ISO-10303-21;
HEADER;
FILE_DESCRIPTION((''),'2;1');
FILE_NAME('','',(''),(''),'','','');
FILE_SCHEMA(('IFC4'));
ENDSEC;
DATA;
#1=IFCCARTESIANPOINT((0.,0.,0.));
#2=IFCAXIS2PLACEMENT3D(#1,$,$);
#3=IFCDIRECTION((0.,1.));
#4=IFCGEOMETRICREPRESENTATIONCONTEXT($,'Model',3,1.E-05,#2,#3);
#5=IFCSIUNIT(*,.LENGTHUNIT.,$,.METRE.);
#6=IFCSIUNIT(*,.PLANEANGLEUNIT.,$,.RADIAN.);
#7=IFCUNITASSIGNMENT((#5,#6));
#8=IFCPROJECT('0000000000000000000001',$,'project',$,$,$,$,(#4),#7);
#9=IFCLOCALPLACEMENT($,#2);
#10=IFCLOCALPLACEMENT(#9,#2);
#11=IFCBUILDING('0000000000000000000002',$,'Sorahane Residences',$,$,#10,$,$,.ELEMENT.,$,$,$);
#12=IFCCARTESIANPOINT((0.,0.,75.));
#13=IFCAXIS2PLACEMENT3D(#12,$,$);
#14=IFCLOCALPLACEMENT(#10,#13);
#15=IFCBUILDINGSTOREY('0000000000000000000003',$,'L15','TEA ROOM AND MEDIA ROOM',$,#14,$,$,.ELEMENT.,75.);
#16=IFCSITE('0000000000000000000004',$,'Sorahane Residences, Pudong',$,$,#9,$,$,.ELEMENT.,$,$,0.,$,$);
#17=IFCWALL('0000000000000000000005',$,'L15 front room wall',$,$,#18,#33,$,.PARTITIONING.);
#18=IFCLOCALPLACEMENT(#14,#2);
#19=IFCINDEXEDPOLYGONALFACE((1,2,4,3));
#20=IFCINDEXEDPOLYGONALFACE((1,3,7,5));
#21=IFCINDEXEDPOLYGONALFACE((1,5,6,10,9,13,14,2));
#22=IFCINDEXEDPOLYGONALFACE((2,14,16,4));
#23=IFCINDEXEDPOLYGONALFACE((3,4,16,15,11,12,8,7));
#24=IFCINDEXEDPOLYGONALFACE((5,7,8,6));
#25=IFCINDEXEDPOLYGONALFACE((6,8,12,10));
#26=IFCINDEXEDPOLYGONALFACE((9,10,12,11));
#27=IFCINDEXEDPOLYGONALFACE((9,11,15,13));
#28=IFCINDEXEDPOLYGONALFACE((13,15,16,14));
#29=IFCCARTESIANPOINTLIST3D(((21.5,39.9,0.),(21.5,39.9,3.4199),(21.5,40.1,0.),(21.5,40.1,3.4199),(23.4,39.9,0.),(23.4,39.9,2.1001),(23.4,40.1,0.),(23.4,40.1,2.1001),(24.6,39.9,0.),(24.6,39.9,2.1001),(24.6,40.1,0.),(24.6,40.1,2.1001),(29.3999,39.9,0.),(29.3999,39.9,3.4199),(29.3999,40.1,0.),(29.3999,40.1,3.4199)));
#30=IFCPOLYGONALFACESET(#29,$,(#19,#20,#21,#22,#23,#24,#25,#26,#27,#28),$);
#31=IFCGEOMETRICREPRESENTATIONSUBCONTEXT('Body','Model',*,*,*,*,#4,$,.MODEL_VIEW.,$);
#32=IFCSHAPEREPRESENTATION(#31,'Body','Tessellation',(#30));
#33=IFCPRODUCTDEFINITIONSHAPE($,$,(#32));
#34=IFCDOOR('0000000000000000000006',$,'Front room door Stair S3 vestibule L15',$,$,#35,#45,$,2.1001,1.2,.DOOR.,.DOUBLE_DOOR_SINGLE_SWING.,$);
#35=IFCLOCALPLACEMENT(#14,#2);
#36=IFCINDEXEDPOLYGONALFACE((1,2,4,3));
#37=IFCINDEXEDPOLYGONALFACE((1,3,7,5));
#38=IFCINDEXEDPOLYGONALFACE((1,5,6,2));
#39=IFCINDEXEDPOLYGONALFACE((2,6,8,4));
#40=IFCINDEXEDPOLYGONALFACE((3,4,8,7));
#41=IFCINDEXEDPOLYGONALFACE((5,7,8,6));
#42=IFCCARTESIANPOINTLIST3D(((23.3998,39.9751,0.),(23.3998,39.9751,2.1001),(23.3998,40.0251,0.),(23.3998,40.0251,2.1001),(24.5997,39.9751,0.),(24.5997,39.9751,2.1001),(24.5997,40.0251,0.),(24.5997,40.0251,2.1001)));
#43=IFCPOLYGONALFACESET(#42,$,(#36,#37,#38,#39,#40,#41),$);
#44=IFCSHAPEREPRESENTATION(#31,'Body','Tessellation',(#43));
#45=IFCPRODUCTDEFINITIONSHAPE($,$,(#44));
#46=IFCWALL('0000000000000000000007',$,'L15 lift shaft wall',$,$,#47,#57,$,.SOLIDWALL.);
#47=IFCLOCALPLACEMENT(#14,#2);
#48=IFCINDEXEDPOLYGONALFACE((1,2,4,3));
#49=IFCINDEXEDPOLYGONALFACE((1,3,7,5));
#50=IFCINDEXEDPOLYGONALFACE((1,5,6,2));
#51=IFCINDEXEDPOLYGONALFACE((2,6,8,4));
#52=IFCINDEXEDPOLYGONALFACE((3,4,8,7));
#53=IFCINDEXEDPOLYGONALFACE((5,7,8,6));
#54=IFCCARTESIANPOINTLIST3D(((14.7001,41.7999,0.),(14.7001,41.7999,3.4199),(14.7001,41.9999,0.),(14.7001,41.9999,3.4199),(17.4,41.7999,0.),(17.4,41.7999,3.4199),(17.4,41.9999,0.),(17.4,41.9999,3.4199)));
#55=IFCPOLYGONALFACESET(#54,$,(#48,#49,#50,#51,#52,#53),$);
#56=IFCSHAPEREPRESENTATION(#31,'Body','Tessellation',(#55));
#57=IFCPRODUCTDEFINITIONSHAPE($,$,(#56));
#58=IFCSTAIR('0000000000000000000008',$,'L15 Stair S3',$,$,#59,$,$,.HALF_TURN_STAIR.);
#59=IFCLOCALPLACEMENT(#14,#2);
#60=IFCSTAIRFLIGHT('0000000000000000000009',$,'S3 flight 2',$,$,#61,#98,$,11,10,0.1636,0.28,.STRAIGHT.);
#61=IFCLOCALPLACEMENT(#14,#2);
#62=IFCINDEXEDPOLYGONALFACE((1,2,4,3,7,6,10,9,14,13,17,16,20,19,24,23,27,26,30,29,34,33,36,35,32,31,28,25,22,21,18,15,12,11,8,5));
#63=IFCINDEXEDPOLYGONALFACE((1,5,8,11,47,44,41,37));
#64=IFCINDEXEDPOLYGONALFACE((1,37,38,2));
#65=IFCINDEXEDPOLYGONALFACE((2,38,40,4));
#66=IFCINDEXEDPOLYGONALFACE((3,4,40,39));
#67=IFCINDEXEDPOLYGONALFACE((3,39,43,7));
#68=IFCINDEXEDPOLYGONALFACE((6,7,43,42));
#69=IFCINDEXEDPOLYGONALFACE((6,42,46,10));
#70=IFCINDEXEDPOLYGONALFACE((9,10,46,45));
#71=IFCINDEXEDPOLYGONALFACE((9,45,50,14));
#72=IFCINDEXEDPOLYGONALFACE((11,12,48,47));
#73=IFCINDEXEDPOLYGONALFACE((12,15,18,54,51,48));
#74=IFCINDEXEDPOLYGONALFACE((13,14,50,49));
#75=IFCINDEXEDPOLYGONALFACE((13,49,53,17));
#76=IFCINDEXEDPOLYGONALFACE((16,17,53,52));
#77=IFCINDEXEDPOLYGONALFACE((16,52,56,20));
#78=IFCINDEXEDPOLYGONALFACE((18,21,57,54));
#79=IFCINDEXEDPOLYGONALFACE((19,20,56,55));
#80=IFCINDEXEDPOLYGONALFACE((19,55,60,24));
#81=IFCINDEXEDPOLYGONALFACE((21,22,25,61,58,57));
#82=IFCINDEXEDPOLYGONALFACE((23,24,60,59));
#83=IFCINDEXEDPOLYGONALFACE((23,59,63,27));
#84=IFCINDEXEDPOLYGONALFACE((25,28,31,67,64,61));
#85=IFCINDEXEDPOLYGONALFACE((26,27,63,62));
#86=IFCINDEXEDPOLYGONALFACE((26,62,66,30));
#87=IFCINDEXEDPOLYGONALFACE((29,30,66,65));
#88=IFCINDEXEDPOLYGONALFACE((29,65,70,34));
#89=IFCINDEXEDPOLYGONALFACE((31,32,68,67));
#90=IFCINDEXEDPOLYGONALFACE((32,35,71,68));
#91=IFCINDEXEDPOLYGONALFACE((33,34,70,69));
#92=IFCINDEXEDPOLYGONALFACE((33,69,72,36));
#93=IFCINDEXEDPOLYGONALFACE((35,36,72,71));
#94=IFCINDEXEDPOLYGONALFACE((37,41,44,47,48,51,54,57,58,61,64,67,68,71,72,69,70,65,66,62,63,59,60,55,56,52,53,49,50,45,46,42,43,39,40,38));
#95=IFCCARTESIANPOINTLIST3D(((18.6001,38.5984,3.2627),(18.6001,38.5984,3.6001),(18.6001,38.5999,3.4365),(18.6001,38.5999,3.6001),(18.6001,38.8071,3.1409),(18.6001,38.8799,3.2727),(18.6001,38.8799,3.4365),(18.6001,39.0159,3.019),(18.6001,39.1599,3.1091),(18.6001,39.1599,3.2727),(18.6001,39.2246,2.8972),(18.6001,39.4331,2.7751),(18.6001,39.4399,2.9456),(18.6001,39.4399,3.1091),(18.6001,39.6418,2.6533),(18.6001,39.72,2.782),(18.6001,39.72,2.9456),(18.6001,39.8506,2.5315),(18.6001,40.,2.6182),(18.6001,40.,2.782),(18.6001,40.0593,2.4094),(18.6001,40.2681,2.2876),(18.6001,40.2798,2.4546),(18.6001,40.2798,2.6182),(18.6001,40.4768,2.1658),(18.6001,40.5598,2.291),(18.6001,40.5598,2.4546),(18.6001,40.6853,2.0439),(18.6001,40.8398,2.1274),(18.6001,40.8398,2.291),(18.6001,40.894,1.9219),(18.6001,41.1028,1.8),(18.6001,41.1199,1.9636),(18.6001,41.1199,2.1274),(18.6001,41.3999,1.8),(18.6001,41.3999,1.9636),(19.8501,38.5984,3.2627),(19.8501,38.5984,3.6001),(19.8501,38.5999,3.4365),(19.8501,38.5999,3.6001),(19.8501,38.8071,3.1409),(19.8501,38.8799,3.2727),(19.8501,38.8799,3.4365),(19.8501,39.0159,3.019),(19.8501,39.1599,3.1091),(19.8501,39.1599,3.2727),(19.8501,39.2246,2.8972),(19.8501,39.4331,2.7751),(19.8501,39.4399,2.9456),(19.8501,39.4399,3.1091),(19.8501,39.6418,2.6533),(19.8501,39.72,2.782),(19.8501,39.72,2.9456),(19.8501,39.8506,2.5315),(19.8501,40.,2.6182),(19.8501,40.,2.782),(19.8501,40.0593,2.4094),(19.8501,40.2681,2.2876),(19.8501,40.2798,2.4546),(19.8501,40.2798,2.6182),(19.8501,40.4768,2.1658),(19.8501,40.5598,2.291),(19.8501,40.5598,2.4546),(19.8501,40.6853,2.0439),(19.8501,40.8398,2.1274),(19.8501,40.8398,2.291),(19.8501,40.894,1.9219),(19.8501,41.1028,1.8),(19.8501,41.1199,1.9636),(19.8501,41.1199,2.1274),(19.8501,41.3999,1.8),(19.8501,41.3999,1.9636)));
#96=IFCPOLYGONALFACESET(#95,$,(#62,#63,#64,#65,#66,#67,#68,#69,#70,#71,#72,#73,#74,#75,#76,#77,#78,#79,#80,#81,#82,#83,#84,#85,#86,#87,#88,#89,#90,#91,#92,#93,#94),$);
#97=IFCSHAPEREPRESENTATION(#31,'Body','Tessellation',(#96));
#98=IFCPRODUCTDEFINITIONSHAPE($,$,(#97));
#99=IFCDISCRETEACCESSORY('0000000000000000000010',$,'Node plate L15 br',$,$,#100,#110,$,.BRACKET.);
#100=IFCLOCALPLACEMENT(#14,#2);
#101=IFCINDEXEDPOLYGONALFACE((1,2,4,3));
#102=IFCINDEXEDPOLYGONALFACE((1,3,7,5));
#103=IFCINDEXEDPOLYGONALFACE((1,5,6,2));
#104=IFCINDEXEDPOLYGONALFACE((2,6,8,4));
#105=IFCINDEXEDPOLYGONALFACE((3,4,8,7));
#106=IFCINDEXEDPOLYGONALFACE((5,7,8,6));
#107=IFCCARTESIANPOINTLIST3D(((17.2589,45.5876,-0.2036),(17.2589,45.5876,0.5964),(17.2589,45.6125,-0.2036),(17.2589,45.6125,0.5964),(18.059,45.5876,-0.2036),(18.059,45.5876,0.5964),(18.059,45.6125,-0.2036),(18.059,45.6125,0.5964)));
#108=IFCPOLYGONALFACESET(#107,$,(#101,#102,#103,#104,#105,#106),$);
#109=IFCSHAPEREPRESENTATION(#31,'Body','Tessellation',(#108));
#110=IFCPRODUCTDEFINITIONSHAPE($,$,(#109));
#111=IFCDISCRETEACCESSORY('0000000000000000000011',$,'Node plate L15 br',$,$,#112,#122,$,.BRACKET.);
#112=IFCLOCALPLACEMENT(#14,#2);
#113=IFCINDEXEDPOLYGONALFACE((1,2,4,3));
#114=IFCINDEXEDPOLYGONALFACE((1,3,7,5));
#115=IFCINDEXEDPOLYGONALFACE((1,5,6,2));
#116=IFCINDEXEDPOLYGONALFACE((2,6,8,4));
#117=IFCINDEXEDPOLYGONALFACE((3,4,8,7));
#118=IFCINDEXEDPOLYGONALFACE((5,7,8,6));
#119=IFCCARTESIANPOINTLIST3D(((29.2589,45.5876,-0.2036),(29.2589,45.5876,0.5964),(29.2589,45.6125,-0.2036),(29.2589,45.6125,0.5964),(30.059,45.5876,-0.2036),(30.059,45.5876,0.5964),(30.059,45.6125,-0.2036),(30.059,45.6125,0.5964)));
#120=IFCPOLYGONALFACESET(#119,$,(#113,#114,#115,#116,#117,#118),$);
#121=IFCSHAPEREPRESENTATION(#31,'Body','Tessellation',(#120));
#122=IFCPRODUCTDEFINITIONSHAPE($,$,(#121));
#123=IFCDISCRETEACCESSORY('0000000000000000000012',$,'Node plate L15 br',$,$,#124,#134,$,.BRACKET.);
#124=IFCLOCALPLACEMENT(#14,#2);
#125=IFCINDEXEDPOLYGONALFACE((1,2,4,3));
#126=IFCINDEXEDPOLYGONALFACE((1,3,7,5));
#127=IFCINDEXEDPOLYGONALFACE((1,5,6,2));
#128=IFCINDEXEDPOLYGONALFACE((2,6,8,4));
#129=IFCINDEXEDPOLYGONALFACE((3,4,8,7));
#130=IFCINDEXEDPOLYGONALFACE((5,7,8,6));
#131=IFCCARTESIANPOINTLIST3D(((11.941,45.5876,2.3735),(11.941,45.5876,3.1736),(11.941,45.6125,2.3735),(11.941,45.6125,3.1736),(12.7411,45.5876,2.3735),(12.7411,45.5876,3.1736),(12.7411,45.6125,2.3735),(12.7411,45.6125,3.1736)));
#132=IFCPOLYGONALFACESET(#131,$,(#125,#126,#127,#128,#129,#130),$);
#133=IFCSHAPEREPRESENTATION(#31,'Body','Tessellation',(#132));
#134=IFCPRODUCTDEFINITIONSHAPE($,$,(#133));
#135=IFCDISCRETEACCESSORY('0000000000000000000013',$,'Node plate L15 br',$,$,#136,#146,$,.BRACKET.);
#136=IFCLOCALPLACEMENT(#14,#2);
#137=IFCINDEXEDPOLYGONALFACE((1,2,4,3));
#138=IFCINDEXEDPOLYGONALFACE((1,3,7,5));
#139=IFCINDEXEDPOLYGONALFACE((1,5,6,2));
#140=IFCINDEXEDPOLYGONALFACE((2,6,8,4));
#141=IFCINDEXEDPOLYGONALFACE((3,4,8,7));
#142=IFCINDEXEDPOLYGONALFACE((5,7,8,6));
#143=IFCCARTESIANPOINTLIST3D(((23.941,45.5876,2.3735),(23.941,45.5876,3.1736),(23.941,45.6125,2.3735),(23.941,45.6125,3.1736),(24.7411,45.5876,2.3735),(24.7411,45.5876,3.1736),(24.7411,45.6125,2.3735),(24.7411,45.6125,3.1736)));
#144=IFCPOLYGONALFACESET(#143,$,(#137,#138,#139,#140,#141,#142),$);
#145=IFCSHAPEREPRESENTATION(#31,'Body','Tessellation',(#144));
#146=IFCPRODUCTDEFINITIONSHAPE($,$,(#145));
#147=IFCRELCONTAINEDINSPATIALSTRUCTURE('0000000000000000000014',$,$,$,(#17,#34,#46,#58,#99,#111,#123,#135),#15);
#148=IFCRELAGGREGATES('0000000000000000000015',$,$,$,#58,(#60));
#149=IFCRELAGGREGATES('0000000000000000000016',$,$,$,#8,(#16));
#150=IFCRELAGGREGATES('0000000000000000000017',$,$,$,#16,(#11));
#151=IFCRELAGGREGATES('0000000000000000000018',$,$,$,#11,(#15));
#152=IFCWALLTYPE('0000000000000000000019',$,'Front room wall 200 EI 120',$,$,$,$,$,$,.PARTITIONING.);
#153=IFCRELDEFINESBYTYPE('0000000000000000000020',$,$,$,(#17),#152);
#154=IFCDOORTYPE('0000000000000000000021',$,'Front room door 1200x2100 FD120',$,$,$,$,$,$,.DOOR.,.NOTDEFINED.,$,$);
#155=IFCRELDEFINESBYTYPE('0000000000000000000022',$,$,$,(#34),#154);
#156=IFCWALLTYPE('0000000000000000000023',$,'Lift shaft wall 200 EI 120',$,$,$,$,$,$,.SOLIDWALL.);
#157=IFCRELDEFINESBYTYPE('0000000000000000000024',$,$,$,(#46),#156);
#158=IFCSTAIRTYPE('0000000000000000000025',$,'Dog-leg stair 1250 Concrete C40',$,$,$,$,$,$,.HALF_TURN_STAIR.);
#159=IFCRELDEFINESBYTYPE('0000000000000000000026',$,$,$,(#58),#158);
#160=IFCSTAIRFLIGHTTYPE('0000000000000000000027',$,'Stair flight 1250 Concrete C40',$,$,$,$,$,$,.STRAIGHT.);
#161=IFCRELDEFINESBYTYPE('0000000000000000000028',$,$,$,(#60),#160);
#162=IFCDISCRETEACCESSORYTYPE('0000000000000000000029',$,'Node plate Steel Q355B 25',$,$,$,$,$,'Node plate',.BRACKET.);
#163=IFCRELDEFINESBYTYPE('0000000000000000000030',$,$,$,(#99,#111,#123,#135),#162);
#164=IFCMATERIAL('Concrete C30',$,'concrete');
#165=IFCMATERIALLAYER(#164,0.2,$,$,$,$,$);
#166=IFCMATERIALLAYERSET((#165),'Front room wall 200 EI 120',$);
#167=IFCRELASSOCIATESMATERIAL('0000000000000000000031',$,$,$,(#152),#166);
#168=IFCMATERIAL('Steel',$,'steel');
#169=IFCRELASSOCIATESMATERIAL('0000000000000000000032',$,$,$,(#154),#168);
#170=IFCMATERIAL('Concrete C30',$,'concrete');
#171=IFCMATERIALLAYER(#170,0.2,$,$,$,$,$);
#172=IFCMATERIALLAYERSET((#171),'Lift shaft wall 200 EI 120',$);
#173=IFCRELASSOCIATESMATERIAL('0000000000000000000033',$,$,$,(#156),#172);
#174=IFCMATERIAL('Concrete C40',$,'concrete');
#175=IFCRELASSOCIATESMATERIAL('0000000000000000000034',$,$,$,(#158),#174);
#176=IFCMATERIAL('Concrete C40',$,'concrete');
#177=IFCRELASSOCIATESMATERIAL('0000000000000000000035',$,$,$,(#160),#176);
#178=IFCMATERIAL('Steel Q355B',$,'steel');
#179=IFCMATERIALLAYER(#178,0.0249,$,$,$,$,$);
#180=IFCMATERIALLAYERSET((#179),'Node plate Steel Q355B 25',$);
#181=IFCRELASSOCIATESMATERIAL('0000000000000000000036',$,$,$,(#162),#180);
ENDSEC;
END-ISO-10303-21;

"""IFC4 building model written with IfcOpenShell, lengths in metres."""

from ifc_helpers import new_model, si_unit, direction, frame, frame_2d, origin, origin_2d, place, context, subcontext, project, spatial, polyline, rectangle, outline, extrude, material, layer, layer_set, type_object, element, fill, aggregate, save


model = new_model("IFC4")

# Units and contexts
model_context = context("Model", 3, precision=1e-05, world=origin(), true_north=direction((0.0, 1.0)))
body_context = subcontext(model_context, "Body", "Model", "MODEL_VIEW")
ifc_project = project(units=[si_unit("LENGTHUNIT", "METRE"), si_unit("PLANEANGLEUNIT", "RADIAN")], contexts=[model_context])

# Site, building, storey
site_placement = place(None, origin())
site = spatial("IfcSite", under=ifc_project, at=site_placement, Name="Sorahane Residences, Pudong", CompositionType="ELEMENT", RefElevation=0.0)
building_placement = place(site_placement, origin())
building = spatial("IfcBuilding", under=site, at=building_placement, Name="Sorahane Residences", CompositionType="ELEMENT")
storey_placement = place(building_placement, frame((0.0, 0.0, 75.0)))
storey = spatial("IfcBuildingStorey", under=building, at=storey_placement, Name="L15", Description="TEA ROOM AND MEDIA ROOM", CompositionType="ELEMENT", Elevation=75.0)

# Wall, opening, door
ifc_material_1 = material(Name="Concrete C30", Category="concrete")
ifc_layer_1 = layer(ifc_material_1, 0.2)
ifc_layer_set_1 = layer_set([ifc_layer_1], Name="Front room wall 200 EI 120")
wall_type_1 = type_object("IfcWallType", Name="Front room wall 200 EI 120", PredefinedType="PARTITIONING", material=ifc_layer_set_1)
wall_1_placement = place(storey_placement, frame((21.5, 40.0, 0.0), z_axis=(0.0, 0.0, 1.0), x_axis=(1.0, 0.0, 0.0)))
wall_1 = element("IfcWall", 1, at=wall_1_placement, inside=storey, type_object=wall_type_1, Name="L15 front room wall", PredefinedType="PARTITIONING", context=body_context, shape_type="SweptSolid", body=[
    extrude(rectangle(XDim=7.8999, YDim=0.2, at=frame_2d((3.95, 0.0))), origin(), (0.0, 0.0, 1.0), 3.4199),
])
opening_placement = place(wall_1_placement, frame((1.8999, 0.0, 0.0)))
opening = element("IfcOpeningElement", 2, at=opening_placement, cuts=wall_1, PredefinedType="OPENING", context=body_context, shape_type="SweptSolid", body=[
    extrude(rectangle(XDim=1.2, YDim=2.1001, at=frame_2d((0.6001, 1.05))), frame((0.0, 0.1099, 0.0), z_axis=(0.0, -1.0, 0.0), x_axis=(1.0, 0.0, 0.0)), (0.0, 0.0, 1.0), 0.22),
])
ifc_material_2 = material(Name="Steel", Category="steel")
door_type = type_object("IfcDoorType", Name="Front room door 1200x2100 FD120", OperationType="NOTDEFINED", PredefinedType="DOOR", material=ifc_material_2)
door_placement = place(opening_placement, frame((1.2, 0.0, 0.0), z_axis=(0.0, 0.0, 1.0), x_axis=(-1.0, 0.0, 0.0)))
door = element("IfcDoor", 3, at=door_placement, inside=storey, type_object=door_type, Name="Front room door Stair S3 vestibule L15", OperationType="DOUBLE_DOOR_SINGLE_SWING", OverallHeight=2.1001, OverallWidth=1.2, PredefinedType="DOOR", context=body_context, shape_type="SweptSolid", body=[
    extrude(rectangle(XDim=1.2, YDim=2.1001, at=frame_2d((0.6001, 1.05))), frame((0.0, 0.0249, 0.0), z_axis=(0.0, -1.0, 0.0), x_axis=(1.0, 0.0, 0.0)), (0.0, 0.0, 1.0), 0.05),
])
fill(opening, door)

# Wall
ifc_material_3 = material(Name="Concrete C30", Category="concrete")
ifc_layer_2 = layer(ifc_material_3, 0.2)
ifc_layer_set_2 = layer_set([ifc_layer_2], Name="Lift shaft wall 200 EI 120")
wall_type_2 = type_object("IfcWallType", Name="Lift shaft wall 200 EI 120", PredefinedType="SOLIDWALL", material=ifc_layer_set_2)
wall_2_placement = place(storey_placement, frame((14.7, 41.8999, 0.0), z_axis=(0.0, 0.0, 1.0), x_axis=(1.0, 0.0, 0.0)))
element("IfcWall", 4, at=wall_2_placement, inside=storey, type_object=wall_type_2, Name="L15 lift shaft wall", PredefinedType="SOLIDWALL", context=body_context, shape_type="SweptSolid", body=[
    extrude(rectangle(XDim=2.7, YDim=0.2, at=frame_2d((1.3501, 0.0))), origin(), (0.0, 0.0, 1.0), 3.4199),
])

# Stair, stair flight
ifc_material_4 = material(Name="Concrete C40", Category="concrete")
stair_type = type_object("IfcStairType", Name="Dog-leg stair 1250 Concrete C40", PredefinedType="HALF_TURN_STAIR", material=ifc_material_4)
stair_placement = place(storey_placement, origin())
stair = element("IfcStair", 5, at=stair_placement, inside=storey, type_object=stair_type, Name="L15 Stair S3", PredefinedType="HALF_TURN_STAIR")
ifc_material_5 = material(Name="Concrete C40", Category="concrete")
stair_flight_type = type_object("IfcStairFlightType", Name="Stair flight 1250 Concrete C40", PredefinedType="STRAIGHT", material=ifc_material_5)
stair_flight_placement = place(storey_placement, frame((19.2251, 41.3999, 1.8), z_axis=(0.0, 0.0, 1.0), x_axis=(0.0, -1.0, 0.0)))
stair_flight = element("IfcStairFlight", 6, at=stair_flight_placement, type_object=stair_flight_type, Name="S3 flight 2", NumberOfRisers=11, NumberOfTreads=10, PredefinedType="STRAIGHT", RiserHeight=0.1636, TreadLength=0.28, context=body_context, shape_type="SweptSolid", body=[
    extrude(outline(polyline([(0.0, 0.0), (0.0, 0.1636), (0.28, 0.1636), (0.28, 0.3274), (0.5601, 0.3274), (0.5601, 0.491), (0.8401, 0.491), (0.8401, 0.6545), (1.1201, 0.6545), (1.1201, 0.8181), (1.3999, 0.8181), (1.3999, 0.9819), (1.6799, 0.9819), (1.6799, 1.1455), (1.96, 1.1455), (1.96, 1.3091), (2.24, 1.3091), (2.24, 1.4727), (2.52, 1.4727), (2.52, 1.6365), (2.8, 1.6365), (2.8, 1.8), (2.8015, 1.8), (2.8015, 1.4626), (2.5928, 1.3408), (2.384, 1.219), (2.1753, 1.0972), (1.9668, 0.9751), (1.7581, 0.8533), (1.5493, 0.7314), (1.3406, 0.6094), (1.1318, 0.4875), (0.9231, 0.3657), (0.7146, 0.2439), (0.5059, 0.1218), (0.2971, 0.0), (0.0, 0.0)])), frame((0.0, 0.625, 0.0), z_axis=(0.0, -1.0, 0.0), x_axis=(1.0, 0.0, 0.0)), (0.0, 0.0, 1.0), 1.25),
])
aggregate(stair, [stair_flight])

# Discrete accessories
ifc_material_6 = material(Name="Steel Q355B", Category="steel")
ifc_layer_3 = layer(ifc_material_6, 0.0249)
ifc_layer_set_3 = layer_set([ifc_layer_3], Name="Node plate Steel Q355B 25")
discrete_accessory_type = type_object("IfcDiscreteAccessoryType", Name="Node plate Steel Q355B 25", ElementType="Node plate", PredefinedType="BRACKET", material=ifc_layer_set_3)
for number, where, z_axis, x_axis, name in (
    (7, (17.6589, 45.6001, -0.2036), (0.0, 0.0, 1.0), (1.0, 0.0, 0.0), "Node plate L15 br"),
    (8, (29.6589, 45.6001, -0.2036), (0.0, 0.0, 1.0), (1.0, 0.0, 0.0), "Node plate L15 br"),
    (9, (12.3411, 45.6001, 2.3735), (0.0, 0.0, 1.0), (1.0, 0.0, 0.0), "Node plate L15 br"),
    (10, (24.3411, 45.6001, 2.3735), (0.0, 0.0, 1.0), (1.0, 0.0, 0.0), "Node plate L15 br"),
):
    element("IfcDiscreteAccessory", number, at=place(storey_placement, frame(where, z_axis=z_axis, x_axis=x_axis)), inside=storey, type_object=discrete_accessory_type, Name=name, PredefinedType="BRACKET", context=body_context, shape_type="SweptSolid", body=[
        extrude(rectangle(XDim=0.8, YDim=0.0249, at=origin_2d()), origin(), (0.0, 0.0, 1.0), 0.8),
    ])

save(model, "model.ifc")
